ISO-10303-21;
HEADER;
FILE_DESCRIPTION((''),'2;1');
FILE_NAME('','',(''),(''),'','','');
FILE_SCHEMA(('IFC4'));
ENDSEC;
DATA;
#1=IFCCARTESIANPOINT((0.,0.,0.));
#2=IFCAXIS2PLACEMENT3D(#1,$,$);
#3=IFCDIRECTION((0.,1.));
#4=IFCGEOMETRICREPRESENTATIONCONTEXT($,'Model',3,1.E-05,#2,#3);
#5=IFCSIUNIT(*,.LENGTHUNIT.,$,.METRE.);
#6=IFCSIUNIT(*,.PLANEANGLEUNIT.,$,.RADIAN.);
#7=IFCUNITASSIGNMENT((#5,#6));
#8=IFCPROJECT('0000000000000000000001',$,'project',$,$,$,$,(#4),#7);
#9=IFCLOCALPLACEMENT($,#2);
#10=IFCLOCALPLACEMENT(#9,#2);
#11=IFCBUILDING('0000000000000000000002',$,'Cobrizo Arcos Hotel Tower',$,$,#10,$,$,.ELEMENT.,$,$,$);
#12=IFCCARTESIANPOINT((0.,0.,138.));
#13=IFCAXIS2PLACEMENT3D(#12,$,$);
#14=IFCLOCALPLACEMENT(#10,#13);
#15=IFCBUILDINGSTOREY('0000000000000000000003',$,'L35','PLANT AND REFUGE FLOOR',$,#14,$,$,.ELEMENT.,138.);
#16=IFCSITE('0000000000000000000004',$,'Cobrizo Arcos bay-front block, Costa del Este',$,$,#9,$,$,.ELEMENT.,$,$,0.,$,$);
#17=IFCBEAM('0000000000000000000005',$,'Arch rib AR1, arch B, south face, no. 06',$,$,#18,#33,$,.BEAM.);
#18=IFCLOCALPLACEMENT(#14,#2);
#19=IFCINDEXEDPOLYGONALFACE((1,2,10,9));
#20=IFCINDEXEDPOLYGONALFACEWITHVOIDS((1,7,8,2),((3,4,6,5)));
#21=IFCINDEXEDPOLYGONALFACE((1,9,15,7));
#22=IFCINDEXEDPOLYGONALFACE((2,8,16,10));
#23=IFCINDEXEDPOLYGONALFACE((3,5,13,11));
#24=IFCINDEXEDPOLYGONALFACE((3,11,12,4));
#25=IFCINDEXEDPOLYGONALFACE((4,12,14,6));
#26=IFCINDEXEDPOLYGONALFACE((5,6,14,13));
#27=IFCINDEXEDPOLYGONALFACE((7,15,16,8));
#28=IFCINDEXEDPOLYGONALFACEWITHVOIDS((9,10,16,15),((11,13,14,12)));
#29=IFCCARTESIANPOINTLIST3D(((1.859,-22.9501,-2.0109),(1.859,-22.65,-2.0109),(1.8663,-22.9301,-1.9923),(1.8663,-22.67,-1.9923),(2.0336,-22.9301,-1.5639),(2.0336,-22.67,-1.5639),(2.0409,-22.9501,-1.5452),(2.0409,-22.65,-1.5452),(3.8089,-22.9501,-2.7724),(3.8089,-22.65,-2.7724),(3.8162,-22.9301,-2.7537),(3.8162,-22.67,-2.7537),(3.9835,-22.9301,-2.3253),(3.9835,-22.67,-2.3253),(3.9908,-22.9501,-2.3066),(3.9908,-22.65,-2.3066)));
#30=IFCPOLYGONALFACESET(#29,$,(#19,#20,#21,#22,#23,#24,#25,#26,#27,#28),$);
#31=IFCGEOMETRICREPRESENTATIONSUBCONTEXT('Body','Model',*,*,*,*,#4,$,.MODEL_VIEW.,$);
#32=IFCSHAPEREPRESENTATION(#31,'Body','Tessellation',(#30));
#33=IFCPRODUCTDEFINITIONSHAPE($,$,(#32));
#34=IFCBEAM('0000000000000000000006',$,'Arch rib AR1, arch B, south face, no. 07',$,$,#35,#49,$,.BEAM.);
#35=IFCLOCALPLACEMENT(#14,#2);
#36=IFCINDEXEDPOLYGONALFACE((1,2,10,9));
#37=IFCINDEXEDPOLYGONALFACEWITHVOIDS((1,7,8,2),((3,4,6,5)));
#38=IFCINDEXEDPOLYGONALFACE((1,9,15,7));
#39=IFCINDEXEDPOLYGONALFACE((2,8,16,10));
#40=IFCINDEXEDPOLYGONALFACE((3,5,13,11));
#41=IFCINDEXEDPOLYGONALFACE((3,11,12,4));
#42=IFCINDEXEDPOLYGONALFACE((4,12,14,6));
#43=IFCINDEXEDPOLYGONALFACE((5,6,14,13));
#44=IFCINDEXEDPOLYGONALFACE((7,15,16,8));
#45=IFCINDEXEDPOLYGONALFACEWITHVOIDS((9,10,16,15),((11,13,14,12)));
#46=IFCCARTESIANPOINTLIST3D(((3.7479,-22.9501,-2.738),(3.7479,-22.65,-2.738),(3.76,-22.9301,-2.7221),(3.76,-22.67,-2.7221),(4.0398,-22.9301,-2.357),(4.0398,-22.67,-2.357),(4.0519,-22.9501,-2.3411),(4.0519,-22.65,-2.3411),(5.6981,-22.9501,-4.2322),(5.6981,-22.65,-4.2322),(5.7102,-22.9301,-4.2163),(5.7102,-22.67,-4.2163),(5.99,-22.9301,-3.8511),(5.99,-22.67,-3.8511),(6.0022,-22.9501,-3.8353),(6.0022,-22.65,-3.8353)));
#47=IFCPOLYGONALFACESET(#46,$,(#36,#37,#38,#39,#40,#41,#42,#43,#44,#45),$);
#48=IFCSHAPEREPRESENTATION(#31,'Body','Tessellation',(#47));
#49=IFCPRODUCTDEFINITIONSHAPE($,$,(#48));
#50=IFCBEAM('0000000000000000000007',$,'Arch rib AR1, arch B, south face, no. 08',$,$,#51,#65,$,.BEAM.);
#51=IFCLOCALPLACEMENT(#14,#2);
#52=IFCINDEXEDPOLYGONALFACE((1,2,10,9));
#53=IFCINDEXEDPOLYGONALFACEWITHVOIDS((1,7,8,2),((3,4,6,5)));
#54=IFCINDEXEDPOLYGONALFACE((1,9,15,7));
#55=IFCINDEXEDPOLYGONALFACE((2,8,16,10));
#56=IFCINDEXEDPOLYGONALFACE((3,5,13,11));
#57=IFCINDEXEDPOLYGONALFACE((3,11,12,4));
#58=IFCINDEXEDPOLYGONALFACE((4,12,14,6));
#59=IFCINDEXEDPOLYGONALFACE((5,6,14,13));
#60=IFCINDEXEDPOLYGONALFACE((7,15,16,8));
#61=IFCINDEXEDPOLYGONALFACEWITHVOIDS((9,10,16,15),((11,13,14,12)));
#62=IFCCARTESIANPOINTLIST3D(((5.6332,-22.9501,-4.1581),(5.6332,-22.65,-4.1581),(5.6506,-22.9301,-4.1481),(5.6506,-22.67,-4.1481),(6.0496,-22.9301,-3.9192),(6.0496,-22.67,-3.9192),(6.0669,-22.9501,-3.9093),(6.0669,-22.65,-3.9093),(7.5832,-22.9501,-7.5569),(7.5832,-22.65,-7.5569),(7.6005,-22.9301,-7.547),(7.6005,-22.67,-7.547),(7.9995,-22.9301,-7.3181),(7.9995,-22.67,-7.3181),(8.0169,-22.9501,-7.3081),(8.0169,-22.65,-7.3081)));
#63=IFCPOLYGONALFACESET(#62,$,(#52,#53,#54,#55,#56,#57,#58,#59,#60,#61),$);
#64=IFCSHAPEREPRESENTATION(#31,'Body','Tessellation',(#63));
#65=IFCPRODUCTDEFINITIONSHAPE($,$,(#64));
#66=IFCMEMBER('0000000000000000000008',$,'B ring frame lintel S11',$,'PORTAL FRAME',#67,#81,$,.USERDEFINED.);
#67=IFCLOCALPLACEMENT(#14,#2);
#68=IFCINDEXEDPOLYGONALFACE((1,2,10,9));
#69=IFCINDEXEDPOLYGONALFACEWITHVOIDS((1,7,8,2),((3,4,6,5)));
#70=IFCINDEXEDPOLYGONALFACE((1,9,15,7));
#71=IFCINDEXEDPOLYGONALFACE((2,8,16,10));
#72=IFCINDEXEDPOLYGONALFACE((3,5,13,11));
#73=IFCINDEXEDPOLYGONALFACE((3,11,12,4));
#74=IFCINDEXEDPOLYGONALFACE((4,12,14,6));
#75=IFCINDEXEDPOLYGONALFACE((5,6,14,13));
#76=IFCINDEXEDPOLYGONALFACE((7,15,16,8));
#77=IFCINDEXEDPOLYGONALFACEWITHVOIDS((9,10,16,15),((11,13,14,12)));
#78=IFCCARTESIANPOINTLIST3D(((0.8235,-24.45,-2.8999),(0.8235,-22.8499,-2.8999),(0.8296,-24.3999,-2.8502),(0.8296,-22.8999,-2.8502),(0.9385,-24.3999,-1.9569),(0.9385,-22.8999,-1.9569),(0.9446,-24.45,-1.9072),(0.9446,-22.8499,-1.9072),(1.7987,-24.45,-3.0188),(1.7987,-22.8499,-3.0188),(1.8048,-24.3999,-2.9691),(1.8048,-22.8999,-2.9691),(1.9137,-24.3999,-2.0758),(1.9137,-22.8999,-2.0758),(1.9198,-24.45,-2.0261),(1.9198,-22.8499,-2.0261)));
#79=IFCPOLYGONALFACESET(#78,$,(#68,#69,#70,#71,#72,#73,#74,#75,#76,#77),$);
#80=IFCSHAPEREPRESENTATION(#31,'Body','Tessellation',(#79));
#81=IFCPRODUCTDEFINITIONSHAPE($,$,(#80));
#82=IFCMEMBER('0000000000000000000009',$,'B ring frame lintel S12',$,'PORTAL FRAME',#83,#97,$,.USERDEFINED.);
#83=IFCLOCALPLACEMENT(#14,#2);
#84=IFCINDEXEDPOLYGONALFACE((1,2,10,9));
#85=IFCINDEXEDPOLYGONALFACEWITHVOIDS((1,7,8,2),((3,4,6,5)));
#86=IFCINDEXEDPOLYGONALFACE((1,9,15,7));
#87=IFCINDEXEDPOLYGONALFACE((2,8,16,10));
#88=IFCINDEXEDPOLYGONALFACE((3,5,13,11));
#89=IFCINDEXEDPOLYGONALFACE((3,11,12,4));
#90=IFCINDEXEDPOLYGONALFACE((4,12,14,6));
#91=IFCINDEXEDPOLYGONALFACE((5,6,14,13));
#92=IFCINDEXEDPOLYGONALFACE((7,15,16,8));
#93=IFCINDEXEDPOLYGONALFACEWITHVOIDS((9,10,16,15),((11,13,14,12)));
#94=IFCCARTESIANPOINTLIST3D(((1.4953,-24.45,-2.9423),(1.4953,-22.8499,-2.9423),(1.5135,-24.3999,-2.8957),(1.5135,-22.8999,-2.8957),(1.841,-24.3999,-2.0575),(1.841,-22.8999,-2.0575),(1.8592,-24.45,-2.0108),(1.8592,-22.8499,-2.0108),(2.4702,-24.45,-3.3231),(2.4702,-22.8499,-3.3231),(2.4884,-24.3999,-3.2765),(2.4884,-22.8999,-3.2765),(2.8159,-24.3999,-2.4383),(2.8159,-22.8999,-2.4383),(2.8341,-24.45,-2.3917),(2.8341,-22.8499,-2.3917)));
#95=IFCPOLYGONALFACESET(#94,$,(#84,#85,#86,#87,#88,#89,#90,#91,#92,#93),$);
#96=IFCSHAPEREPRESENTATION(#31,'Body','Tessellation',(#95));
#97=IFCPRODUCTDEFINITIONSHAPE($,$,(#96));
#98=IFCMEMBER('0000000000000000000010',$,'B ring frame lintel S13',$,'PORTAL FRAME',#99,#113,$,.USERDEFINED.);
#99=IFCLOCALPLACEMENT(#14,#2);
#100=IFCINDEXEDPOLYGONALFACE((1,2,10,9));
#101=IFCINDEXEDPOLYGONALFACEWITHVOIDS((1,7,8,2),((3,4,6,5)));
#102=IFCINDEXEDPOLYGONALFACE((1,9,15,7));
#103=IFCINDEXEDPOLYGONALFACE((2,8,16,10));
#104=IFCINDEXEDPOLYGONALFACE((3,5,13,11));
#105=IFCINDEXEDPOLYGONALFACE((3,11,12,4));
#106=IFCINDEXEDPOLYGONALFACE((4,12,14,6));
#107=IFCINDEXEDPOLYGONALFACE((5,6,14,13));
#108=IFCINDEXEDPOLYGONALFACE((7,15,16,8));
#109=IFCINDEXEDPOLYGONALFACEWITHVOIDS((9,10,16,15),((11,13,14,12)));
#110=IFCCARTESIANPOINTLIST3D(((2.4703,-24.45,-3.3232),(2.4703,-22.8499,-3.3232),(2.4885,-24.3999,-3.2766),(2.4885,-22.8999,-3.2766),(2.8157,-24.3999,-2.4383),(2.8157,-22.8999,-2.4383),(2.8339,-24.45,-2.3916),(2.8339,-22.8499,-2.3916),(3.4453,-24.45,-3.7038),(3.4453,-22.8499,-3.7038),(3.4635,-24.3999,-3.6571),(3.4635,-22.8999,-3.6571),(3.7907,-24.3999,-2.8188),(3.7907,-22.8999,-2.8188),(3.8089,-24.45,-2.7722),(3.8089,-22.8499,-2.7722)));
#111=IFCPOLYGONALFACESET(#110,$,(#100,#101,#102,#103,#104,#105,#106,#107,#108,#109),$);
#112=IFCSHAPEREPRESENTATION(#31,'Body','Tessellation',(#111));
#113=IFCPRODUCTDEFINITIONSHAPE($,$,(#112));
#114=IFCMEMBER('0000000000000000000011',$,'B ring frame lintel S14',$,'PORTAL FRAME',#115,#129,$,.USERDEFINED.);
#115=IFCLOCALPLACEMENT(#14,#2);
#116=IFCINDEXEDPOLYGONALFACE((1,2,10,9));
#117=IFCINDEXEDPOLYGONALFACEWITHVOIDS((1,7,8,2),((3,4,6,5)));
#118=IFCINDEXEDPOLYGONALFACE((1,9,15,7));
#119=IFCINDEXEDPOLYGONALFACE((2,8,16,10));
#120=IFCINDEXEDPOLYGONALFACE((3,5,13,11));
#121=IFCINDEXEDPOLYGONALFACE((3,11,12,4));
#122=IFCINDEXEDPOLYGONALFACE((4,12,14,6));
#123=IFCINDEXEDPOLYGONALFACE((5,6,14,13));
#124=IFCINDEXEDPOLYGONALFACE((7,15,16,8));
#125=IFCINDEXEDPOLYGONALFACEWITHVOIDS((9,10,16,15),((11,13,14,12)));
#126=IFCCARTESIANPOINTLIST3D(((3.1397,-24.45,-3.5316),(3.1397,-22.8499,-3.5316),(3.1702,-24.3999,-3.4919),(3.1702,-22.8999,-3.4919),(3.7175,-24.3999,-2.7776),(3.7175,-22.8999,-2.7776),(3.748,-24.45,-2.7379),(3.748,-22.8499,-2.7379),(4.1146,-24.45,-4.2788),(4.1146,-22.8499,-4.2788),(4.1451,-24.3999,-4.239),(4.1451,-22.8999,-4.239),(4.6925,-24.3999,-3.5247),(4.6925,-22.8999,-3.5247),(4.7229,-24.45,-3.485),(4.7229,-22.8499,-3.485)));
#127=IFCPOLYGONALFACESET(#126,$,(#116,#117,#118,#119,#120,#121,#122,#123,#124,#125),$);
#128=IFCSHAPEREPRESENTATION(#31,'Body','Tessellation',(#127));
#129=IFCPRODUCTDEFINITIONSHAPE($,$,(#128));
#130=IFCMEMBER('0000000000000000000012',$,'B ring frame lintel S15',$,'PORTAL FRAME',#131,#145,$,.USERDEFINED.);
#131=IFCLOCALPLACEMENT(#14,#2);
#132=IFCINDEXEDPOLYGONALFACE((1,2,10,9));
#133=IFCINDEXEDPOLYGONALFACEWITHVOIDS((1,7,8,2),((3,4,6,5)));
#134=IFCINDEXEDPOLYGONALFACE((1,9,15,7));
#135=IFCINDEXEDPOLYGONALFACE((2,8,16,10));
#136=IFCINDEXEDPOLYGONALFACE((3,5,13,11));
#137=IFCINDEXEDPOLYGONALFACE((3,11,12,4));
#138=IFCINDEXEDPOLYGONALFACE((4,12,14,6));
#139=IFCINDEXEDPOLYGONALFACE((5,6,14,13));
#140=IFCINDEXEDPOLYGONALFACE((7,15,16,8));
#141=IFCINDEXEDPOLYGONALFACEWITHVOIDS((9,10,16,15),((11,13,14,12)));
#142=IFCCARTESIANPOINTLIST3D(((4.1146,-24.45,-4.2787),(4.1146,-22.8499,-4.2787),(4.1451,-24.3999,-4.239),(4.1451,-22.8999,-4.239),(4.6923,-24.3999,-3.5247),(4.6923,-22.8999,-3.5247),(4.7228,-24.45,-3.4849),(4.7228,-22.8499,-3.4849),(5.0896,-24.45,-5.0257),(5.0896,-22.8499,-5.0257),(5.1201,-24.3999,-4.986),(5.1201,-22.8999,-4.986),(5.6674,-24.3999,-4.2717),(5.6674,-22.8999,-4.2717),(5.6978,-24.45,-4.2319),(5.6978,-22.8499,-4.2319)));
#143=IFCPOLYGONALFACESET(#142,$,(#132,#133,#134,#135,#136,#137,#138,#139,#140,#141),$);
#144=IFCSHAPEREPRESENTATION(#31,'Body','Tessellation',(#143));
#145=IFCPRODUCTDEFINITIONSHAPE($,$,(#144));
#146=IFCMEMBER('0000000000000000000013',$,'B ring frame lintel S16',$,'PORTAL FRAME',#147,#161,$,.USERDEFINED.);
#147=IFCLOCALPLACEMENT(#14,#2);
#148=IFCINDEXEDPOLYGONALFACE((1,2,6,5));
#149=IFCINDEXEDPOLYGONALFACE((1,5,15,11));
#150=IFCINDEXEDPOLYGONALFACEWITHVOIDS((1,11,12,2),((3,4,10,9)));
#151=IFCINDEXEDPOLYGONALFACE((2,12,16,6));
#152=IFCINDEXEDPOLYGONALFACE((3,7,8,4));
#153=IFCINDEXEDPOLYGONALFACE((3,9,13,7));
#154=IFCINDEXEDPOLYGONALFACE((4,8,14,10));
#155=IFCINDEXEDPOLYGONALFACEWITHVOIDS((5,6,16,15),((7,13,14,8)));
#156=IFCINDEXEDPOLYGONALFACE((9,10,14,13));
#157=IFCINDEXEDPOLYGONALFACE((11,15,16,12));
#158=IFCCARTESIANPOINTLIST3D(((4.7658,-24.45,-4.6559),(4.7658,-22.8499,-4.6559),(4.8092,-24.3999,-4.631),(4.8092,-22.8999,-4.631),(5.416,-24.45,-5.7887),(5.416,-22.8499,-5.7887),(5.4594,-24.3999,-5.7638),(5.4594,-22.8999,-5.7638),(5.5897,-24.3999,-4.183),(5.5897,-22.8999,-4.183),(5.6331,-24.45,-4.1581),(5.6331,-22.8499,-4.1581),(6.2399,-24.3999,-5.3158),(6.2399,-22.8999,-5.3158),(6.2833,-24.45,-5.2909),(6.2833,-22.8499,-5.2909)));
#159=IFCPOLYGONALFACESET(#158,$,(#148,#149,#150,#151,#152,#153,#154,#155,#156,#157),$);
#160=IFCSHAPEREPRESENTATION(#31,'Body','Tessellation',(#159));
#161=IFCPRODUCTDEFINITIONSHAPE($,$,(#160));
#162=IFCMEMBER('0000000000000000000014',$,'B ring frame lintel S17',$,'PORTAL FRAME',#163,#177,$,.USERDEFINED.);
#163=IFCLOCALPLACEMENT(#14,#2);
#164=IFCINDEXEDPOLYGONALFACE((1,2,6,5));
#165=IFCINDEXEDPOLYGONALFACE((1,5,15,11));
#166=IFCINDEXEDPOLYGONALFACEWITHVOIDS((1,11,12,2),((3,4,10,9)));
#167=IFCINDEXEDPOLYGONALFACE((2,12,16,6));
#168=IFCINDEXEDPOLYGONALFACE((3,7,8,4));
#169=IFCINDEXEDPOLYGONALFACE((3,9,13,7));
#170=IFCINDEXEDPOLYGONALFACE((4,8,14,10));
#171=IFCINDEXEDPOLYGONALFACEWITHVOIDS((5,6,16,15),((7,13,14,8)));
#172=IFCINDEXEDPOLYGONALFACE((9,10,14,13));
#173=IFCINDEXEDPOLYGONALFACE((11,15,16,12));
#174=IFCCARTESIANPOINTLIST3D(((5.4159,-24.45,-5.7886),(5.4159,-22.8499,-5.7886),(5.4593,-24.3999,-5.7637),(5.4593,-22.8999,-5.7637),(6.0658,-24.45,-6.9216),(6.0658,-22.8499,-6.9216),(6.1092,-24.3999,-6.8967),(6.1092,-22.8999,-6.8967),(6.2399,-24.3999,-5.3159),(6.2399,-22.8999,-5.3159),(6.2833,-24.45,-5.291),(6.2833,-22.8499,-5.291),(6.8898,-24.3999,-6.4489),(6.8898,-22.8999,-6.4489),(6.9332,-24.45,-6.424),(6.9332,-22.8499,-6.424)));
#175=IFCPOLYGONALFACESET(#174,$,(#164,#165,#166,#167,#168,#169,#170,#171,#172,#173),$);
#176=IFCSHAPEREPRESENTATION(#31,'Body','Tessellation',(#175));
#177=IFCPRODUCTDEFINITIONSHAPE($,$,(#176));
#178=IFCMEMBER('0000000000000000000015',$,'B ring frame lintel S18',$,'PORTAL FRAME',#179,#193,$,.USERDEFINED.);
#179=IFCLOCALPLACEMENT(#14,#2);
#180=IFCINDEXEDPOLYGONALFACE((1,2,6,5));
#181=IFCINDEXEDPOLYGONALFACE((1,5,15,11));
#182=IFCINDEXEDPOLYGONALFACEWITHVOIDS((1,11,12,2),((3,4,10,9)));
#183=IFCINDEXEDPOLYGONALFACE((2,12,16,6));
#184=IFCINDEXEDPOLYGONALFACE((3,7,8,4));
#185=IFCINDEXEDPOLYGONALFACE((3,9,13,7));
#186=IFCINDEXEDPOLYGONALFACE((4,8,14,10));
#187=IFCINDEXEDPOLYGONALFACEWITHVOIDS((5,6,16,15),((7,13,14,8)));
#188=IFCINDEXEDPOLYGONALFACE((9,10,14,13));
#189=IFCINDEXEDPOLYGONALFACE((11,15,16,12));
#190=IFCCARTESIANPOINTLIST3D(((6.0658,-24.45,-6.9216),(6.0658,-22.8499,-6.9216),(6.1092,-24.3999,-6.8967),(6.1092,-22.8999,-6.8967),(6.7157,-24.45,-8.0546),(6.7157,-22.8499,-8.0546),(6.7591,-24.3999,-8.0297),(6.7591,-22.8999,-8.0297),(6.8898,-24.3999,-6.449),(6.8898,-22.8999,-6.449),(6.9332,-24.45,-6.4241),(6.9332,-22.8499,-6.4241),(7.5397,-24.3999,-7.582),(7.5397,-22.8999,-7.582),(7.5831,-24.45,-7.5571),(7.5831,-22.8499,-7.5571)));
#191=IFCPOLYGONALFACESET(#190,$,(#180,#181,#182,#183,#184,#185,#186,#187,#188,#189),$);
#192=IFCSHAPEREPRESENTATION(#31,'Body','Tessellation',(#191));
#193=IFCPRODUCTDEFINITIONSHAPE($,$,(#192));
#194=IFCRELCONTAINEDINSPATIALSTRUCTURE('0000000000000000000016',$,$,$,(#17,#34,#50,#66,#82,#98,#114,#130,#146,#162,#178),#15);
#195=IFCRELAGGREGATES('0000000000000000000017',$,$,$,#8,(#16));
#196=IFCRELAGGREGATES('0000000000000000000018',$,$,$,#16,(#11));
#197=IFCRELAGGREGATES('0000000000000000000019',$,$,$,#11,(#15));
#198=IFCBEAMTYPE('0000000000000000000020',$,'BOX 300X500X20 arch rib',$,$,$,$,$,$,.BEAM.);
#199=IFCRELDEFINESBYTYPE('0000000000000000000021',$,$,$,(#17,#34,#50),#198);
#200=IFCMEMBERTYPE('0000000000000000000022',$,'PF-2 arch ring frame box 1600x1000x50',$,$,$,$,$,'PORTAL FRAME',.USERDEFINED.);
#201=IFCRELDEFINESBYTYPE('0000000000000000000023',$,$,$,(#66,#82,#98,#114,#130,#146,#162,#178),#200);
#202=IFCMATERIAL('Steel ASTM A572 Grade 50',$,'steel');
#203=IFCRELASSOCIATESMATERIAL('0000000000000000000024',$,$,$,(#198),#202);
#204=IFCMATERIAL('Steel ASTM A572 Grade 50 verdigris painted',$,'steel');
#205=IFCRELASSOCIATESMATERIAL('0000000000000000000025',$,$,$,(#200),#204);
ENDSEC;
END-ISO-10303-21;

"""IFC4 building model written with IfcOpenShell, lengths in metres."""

from ifc_helpers import new_model, si_unit, direction, frame, origin, origin_2d, place, context, subcontext, project, spatial, hollow_rectangle, extrude, material, material_profile, profile_set, type_object, element, save


model = new_model("IFC4")

# Units and contexts
model_context = context("Model", 3, precision=1e-05, world=origin(), true_north=direction((0.0, 1.0)))
body_context = subcontext(model_context, "Body", "Model", "MODEL_VIEW")
ifc_project = project(units=[si_unit("LENGTHUNIT", "METRE"), si_unit("PLANEANGLEUNIT", "RADIAN")], contexts=[model_context])

# Site, building, storey
site_placement = place(None, origin())
site = spatial("IfcSite", under=ifc_project, at=site_placement, Name="Cobrizo Arcos bay-front block, Costa del Este", CompositionType="ELEMENT", RefElevation=0.0)
building_placement = place(site_placement, origin())
building = spatial("IfcBuilding", under=site, at=building_placement, Name="Cobrizo Arcos Hotel Tower", CompositionType="ELEMENT")
storey_placement = place(building_placement, frame((0.0, 0.0, 138.0)))
storey = spatial("IfcBuildingStorey", under=building, at=storey_placement, Name="L35", Description="PLANT AND REFUGE FLOOR", CompositionType="ELEMENT", Elevation=138.0)

# Beams
ifc_material_1 = material(Name="Steel ASTM A572 Grade 50", Category="steel")
ifc_material_profile_1 = material_profile(ifc_material_1, hollow_rectangle(XDim=0.3, YDim=0.5, WallThickness=0.02, at=origin_2d()), Name="BOX 300X500X20")
ifc_profile_set_1 = profile_set([ifc_material_profile_1], Name="Steel ASTM A572 Grade 50")
beam_type_1 = type_object("IfcBeamType", Name="BOX 300X500X20 arch rib", PredefinedType="BEAM", material=ifc_profile_set_1)
beam_1_placement = place(storey_placement, frame((1.95, -22.8, -1.7781), z_axis=(0.931494, 0.0, -0.363757), x_axis=(0.0, 1.0, 0.0)))
element("IfcBeam", 1, at=beam_1_placement, inside=storey, type_object=beam_type_1, Name="Arch rib AR1, arch B, south face, no. 06", PredefinedType="BEAM", context=body_context, shape_type="SweptSolid", body=[
    extrude(hollow_rectangle(XDim=0.3, YDim=0.5, WallThickness=0.02, at=origin_2d()), origin(), (0.0, 0.0, 1.0), 2.0933),
])
beam_2_placement = place(storey_placement, frame((3.8999, -22.8, -2.5396), z_axis=(0.793805, 0.0, -0.608173), x_axis=(0.0, 1.0, 0.0)))
element("IfcBeam", 2, at=beam_2_placement, inside=storey, type_object=beam_type_1, Name="Arch rib AR1, arch B, south face, no. 07", PredefinedType="BEAM", context=body_context, shape_type="SweptSolid", body=[
    extrude(hollow_rectangle(XDim=0.3, YDim=0.5, WallThickness=0.02, at=origin_2d()), origin(), (0.0, 0.0, 1.0), 2.4568),
])
beam_3_placement = place(storey_placement, frame((5.8501, -22.8, -4.0337), z_axis=(0.497621, 0.0, -0.867395), x_axis=(0.0, 1.0, 0.0)))
element("IfcBeam", 3, at=beam_3_placement, inside=storey, type_object=beam_type_1, Name="Arch rib AR1, arch B, south face, no. 08", PredefinedType="BEAM", context=body_context, shape_type="SweptSolid", body=[
    extrude(hollow_rectangle(XDim=0.3, YDim=0.5, WallThickness=0.02, at=origin_2d()), origin(), (0.0, 0.0, 1.0), 3.9185),
])

# Members
ifc_material_2 = material(Name="Steel ASTM A572 Grade 50 verdigris painted", Category="steel")
ifc_material_profile_2 = material_profile(ifc_material_2, hollow_rectangle(XDim=1.6001, YDim=1.0, WallThickness=0.05, at=origin_2d()), Name="PF-2 arch ring frame box 1600x1000x50")
ifc_profile_set_2 = profile_set([ifc_material_profile_2], Name="Steel ASTM A572 Grade 50 verdigris painted")
member_type_1 = type_object("IfcMemberType", Name="PF-2 arch ring frame box 1600x1000x50", ElementType="PORTAL FRAME", PredefinedType="USERDEFINED", material=ifc_profile_set_2)
member_1_placement = place(storey_placement, frame((0.884, -23.6499, -2.4036), z_axis=(0.992648, 0.0, -0.121036), x_axis=(0.0, 1.0, 0.0)))
element("IfcMember", 4, at=member_1_placement, inside=storey, type_object=member_type_1, Name="B ring frame lintel S11", ObjectType="PORTAL FRAME", PredefinedType="USERDEFINED", context=body_context, shape_type="SweptSolid", body=[
    extrude(hollow_rectangle(XDim=1.6001, YDim=1.0, WallThickness=0.05, at=origin_2d()), origin(), (0.0, 0.0, 1.0), 0.9824),
])
for number, where, z_axis, x_axis, name in (
    (5, (1.6772, -23.6499, -2.4766), (0.931439, 0.0, -0.363898), (0.0, 1.0, 0.0), "B ring frame lintel S12"),
    (6, (2.6521, -23.6499, -2.8574), (0.931549, 0.0, -0.363617), (0.0, 1.0, 0.0), "B ring frame lintel S13"),
):
    element("IfcMember", number, at=place(storey_placement, frame(where, z_axis=z_axis, x_axis=x_axis)), inside=storey, type_object=member_type_1, Name=name, ObjectType="PORTAL FRAME", PredefinedType="USERDEFINED", context=body_context, shape_type="SweptSolid", body=[
        extrude(hollow_rectangle(XDim=1.6001, YDim=1.0, WallThickness=0.05, at=origin_2d()), origin(), (0.0, 0.0, 1.0), 1.0466),
    ])
for number, where, z_axis, x_axis, name in (
    (7, (3.4438, -23.6499, -3.1348), (0.793731, 0.0, -0.608269), (0.0, 1.0, 0.0), "B ring frame lintel S14"),
    (8, (4.4187, -23.6499, -3.8818), (0.793805, 0.0, -0.608173), (0.0, 1.0, 0.0), "B ring frame lintel S15"),
):
    element("IfcMember", number, at=place(storey_placement, frame(where, z_axis=z_axis, x_axis=x_axis)), inside=storey, type_object=member_type_1, Name=name, ObjectType="PORTAL FRAME", PredefinedType="USERDEFINED", context=body_context, shape_type="SweptSolid", body=[
        extrude(hollow_rectangle(XDim=1.6001, YDim=1.0, WallThickness=0.05, at=origin_2d()), origin(), (0.0, 0.0, 1.0), 1.2283),
    ])
for number, where, z_axis, x_axis, name in (
    (9, (5.1995, -23.6499, -4.407), (0.497769, 0.0, -0.86731), (0.0, 1.0, 0.0), "B ring frame lintel S16"),
    (10, (5.8496, -23.6499, -5.5398), (0.497547, 0.0, -0.867437), (0.0, 1.0, 0.0), "B ring frame lintel S17"),
    (11, (6.4995, -23.6499, -6.6729), (0.497547, 0.0, -0.867437), (0.0, 1.0, 0.0), "B ring frame lintel S18"),
):
    element("IfcMember", number, at=place(storey_placement, frame(where, z_axis=z_axis, x_axis=x_axis)), inside=storey, type_object=member_type_1, Name=name, ObjectType="PORTAL FRAME", PredefinedType="USERDEFINED", context=body_context, shape_type="SweptSolid", body=[
        extrude(hollow_rectangle(XDim=1.6001, YDim=1.0, WallThickness=0.05, at=origin_2d()), origin(), (0.0, 0.0, 1.0), 1.3062),
    ])

save(model, "model.ifc")
